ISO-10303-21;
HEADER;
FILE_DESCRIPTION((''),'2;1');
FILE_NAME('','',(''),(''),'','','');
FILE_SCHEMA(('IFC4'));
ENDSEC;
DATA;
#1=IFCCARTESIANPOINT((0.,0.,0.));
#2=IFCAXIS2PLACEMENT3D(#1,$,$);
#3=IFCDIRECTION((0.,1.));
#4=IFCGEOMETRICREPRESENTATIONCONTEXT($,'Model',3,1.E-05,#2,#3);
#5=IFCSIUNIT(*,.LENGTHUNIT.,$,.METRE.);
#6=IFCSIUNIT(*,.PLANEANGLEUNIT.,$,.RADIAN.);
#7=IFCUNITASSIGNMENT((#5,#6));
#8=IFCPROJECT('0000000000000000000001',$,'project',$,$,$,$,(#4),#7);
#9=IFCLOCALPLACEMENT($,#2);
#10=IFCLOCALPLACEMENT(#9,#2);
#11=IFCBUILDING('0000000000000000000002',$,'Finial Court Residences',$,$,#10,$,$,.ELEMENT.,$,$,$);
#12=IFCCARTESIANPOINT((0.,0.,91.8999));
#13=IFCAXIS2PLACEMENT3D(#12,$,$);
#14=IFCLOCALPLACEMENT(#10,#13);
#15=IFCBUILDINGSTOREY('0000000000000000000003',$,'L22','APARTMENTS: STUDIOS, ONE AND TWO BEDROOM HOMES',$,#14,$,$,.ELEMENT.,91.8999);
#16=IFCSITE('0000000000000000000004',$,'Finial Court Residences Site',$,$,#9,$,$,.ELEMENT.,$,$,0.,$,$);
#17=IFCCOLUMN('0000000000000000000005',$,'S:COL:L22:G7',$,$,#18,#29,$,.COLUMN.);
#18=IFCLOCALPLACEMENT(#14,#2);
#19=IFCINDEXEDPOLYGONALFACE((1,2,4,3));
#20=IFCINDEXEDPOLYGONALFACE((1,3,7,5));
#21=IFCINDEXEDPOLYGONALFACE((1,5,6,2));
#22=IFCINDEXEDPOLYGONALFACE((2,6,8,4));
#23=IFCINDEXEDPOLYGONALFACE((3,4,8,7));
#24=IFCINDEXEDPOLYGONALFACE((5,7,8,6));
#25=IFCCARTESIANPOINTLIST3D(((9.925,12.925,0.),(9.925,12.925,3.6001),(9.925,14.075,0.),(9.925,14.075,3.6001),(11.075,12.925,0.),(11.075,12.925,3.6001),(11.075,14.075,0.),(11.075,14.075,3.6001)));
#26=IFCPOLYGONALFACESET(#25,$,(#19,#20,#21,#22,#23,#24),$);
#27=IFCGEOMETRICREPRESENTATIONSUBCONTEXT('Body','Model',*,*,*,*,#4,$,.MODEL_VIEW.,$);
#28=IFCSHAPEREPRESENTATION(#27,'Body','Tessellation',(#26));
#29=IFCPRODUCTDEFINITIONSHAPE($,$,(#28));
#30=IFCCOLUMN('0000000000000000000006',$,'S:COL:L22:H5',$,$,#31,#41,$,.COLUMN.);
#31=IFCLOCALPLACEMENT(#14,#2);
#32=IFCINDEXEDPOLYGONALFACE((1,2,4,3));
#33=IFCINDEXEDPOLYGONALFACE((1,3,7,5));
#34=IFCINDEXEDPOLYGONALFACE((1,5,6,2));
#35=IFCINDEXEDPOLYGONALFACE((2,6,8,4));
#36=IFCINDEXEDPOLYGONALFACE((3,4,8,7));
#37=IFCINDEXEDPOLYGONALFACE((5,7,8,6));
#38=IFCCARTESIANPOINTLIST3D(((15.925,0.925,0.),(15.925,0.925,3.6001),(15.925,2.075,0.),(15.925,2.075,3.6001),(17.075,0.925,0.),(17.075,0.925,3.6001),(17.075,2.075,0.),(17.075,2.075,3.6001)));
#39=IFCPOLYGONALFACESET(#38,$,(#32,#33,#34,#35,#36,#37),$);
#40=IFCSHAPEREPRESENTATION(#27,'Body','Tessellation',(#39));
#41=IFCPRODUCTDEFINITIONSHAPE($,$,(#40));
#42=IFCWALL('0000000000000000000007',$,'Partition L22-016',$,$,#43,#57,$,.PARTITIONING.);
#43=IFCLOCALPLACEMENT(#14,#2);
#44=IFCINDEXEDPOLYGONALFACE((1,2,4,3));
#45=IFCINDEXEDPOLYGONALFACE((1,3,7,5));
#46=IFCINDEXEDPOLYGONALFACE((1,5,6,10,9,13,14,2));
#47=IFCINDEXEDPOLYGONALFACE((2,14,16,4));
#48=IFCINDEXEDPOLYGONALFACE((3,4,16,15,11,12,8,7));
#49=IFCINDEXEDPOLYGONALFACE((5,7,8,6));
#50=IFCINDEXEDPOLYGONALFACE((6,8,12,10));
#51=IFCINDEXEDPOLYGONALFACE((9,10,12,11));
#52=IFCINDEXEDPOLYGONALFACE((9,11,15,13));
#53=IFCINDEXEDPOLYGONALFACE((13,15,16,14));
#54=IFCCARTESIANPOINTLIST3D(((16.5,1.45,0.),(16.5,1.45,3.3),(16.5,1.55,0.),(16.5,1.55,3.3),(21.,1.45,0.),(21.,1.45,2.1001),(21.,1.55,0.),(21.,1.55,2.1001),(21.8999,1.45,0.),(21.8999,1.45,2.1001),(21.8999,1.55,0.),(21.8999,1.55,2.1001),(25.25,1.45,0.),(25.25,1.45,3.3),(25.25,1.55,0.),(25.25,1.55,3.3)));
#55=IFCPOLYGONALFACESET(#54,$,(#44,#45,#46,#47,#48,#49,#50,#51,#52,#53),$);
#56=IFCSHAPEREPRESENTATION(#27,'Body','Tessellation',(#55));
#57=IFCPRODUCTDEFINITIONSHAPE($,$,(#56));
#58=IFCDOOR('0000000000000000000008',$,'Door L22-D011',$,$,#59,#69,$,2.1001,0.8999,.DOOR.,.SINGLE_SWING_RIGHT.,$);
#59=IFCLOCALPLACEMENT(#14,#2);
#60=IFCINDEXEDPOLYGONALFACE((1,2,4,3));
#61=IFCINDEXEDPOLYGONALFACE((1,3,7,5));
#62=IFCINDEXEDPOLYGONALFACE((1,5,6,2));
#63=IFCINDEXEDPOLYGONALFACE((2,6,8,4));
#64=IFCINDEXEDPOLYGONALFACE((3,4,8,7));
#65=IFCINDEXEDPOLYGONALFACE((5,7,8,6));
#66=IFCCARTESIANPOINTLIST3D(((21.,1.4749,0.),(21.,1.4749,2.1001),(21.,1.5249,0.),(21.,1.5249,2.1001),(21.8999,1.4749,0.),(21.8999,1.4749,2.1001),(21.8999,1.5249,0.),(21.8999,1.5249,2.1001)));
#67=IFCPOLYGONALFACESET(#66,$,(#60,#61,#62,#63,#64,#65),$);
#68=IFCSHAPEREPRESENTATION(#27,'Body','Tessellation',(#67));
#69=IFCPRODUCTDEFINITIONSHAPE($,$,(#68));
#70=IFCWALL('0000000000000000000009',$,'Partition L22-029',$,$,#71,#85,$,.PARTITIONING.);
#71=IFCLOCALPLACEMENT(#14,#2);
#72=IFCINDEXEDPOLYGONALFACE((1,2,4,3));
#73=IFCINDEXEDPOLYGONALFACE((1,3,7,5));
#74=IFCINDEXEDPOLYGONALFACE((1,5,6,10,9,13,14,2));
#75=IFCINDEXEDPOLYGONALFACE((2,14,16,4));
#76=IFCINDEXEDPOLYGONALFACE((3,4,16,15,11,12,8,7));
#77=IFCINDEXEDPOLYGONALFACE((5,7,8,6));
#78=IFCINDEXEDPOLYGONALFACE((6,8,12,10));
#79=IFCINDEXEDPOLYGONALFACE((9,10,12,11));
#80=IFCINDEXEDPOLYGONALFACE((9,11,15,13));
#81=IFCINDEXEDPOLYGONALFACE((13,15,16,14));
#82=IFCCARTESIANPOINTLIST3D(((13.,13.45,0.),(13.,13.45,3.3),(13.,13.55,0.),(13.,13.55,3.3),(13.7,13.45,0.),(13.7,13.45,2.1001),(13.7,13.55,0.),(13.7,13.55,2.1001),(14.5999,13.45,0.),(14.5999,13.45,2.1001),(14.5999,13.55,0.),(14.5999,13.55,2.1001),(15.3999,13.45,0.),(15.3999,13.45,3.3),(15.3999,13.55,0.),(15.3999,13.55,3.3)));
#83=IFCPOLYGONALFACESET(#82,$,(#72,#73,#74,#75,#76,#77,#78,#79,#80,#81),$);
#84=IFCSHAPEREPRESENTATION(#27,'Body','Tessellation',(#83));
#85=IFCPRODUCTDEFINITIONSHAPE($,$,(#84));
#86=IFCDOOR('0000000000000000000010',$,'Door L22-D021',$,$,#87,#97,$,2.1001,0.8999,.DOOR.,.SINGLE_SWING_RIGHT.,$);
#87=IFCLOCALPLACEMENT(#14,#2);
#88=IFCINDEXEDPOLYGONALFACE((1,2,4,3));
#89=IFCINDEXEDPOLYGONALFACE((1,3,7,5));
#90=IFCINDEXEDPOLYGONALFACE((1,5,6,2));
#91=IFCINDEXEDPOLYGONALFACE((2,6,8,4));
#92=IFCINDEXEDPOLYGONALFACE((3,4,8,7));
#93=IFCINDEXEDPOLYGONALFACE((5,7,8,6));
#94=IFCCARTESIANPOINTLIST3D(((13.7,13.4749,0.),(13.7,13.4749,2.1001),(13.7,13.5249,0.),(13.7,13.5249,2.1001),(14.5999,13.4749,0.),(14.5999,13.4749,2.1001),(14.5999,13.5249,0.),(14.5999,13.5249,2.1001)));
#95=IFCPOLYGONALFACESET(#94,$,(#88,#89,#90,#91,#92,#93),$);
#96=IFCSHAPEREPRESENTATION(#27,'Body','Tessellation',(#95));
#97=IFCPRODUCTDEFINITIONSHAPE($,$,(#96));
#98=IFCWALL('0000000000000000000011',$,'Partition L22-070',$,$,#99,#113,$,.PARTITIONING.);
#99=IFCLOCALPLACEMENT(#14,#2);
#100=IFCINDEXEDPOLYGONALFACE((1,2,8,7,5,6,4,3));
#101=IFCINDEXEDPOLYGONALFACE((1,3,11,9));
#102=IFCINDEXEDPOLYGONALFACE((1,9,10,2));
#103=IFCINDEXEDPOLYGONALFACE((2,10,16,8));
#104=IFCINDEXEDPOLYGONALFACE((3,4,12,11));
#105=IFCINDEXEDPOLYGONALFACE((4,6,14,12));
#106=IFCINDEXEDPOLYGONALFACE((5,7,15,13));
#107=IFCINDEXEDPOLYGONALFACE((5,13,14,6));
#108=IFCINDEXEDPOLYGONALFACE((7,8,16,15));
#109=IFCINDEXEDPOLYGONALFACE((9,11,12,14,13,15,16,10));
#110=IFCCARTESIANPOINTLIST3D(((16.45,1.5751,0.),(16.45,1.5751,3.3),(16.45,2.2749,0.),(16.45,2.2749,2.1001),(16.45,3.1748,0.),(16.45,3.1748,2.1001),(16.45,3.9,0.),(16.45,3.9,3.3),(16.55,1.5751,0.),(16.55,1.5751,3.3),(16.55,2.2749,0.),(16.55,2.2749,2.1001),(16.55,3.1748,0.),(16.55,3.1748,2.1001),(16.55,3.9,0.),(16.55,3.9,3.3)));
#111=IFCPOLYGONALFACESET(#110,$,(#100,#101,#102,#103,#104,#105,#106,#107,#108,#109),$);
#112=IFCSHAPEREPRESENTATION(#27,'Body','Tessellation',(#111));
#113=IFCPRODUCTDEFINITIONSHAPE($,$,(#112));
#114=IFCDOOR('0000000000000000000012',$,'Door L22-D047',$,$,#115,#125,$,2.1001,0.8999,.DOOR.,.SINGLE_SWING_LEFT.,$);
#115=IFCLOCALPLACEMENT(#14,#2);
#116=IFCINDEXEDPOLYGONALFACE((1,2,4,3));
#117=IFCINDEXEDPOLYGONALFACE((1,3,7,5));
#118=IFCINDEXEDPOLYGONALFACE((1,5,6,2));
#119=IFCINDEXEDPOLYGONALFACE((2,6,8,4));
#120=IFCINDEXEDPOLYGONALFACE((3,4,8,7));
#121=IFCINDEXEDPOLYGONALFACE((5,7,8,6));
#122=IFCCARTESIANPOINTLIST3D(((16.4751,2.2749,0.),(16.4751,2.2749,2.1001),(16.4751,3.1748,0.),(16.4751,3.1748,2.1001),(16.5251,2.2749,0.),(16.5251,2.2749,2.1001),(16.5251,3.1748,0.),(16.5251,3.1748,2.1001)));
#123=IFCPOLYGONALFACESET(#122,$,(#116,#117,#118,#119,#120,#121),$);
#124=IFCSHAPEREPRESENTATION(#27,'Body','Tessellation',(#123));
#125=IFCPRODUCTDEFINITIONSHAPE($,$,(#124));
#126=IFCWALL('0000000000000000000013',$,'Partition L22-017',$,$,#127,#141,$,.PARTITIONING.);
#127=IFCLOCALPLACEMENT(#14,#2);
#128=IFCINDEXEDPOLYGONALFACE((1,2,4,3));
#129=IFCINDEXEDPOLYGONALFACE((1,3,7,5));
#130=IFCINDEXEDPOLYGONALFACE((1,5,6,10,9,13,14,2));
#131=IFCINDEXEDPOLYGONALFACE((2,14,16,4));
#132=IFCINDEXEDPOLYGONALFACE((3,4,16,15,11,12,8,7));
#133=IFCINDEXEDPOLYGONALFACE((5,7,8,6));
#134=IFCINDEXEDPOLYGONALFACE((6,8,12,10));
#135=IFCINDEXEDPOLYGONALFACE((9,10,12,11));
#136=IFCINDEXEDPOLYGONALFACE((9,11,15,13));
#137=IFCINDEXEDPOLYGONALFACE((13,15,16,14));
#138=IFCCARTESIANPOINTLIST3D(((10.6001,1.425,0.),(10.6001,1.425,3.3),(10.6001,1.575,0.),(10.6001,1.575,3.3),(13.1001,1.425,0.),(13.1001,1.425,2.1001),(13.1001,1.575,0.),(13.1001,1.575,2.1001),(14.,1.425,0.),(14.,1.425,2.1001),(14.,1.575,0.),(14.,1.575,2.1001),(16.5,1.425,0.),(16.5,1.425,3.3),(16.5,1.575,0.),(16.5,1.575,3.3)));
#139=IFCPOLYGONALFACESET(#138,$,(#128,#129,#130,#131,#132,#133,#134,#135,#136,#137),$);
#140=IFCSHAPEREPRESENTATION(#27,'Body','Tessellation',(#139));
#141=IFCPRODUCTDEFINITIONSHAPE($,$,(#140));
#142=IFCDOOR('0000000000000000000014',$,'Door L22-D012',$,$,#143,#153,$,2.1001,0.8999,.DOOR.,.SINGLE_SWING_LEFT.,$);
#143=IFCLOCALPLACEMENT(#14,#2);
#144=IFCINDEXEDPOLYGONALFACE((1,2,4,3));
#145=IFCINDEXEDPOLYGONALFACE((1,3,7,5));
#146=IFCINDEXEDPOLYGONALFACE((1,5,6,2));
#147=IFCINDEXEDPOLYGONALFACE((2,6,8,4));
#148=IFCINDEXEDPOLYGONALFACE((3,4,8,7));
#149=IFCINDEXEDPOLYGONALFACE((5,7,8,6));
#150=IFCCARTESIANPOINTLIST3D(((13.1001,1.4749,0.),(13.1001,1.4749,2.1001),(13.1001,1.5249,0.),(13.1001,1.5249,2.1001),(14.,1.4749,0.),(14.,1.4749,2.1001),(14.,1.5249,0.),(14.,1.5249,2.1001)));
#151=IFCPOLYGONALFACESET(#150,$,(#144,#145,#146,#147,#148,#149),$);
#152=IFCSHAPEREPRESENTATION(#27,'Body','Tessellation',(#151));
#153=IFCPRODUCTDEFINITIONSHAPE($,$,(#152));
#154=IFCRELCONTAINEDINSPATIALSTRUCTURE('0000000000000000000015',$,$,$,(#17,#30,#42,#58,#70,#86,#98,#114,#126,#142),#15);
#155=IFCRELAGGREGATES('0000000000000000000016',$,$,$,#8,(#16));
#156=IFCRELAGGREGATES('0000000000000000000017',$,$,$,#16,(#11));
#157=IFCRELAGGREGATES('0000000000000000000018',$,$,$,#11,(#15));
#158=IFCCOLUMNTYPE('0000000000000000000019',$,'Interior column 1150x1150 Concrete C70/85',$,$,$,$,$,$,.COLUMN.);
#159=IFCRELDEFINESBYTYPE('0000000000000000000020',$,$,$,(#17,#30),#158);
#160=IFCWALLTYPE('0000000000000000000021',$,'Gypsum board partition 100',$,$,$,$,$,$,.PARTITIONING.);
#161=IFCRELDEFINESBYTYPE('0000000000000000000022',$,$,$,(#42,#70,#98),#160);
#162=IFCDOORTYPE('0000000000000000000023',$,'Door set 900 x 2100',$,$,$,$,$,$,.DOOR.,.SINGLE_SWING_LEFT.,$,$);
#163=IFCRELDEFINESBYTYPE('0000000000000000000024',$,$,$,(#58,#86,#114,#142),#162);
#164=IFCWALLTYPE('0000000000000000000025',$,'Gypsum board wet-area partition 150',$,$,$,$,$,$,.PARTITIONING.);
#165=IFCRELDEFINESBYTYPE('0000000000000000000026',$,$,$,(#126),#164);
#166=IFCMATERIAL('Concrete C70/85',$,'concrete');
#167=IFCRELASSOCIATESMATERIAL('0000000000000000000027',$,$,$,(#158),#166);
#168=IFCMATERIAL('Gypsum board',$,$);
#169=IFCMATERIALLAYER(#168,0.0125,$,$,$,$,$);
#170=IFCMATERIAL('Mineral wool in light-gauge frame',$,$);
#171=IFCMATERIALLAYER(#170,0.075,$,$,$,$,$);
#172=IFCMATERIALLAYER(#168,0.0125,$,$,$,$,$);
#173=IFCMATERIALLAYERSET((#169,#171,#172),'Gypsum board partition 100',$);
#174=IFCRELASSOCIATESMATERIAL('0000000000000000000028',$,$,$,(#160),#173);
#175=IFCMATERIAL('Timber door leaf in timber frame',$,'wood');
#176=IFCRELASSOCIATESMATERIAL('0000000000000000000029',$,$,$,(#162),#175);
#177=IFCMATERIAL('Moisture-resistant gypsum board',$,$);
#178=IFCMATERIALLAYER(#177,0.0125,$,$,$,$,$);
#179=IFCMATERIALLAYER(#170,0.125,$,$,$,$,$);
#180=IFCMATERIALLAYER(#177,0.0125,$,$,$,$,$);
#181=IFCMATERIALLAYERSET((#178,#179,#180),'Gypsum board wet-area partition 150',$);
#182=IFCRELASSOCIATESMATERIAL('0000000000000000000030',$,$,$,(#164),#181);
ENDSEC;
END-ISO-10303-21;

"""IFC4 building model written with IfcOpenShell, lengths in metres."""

from ifc_helpers import new_model, si_unit, direction, frame, frame_2d, origin, origin_2d, place, context, subcontext, project, spatial, rectangle, extrude, material, layer, layer_set, material_profile, profile_set, type_object, element, fill, save


model = new_model("IFC4")

# Units and contexts
model_context = context("Model", 3, precision=1e-05, world=origin(), true_north=direction((0.0, 1.0)))
body_context = subcontext(model_context, "Body", "Model", "MODEL_VIEW")
ifc_project = project(units=[si_unit("LENGTHUNIT", "METRE"), si_unit("PLANEANGLEUNIT", "RADIAN")], contexts=[model_context])

# Site, building, storey
site_placement = place(None, origin())
site = spatial("IfcSite", under=ifc_project, at=site_placement, Name="Finial Court Residences Site", CompositionType="ELEMENT", RefElevation=0.0)
building_placement = place(site_placement, origin())
building = spatial("IfcBuilding", under=site, at=building_placement, Name="Finial Court Residences", CompositionType="ELEMENT")
storey_placement = place(building_placement, frame((0.0, 0.0, 91.8999)))
storey = spatial("IfcBuildingStorey", under=building, at=storey_placement, Name="L22", Description="APARTMENTS: STUDIOS, ONE AND TWO BEDROOM HOMES", CompositionType="ELEMENT", Elevation=91.8999)

# Columns
ifc_material_1 = material(Name="Concrete C70/85", Category="concrete")
ifc_material_profile = material_profile(ifc_material_1, rectangle(XDim=1.1499, YDim=1.1499, at=origin_2d()), Name="1150x1150")
ifc_profile_set = profile_set([ifc_material_profile], Name="Concrete C70/85")
column_type = type_object("IfcColumnType", Name="Interior column 1150x1150 Concrete C70/85", PredefinedType="COLUMN", material=ifc_profile_set)
for number, where, z_axis, x_axis, name in (
    (1, (10.5, 13.5, 0.0), (0.0, 0.0, 1.0), (1.0, 0.0, 0.0), "S:COL:L22:G7"),
    (2, (16.5, 1.5, 0.0), (0.0, 0.0, 1.0), (1.0, 0.0, 0.0), "S:COL:L22:H5"),
):
    element("IfcColumn", number, at=place(storey_placement, frame(where, z_axis=z_axis, x_axis=x_axis)), inside=storey, type_object=column_type, Name=name, PredefinedType="COLUMN", context=body_context, shape_type="SweptSolid", body=[
        extrude(rectangle(XDim=1.1499, YDim=1.1499, at=origin_2d()), origin(), (0.0, 0.0, 1.0), 3.6001),
    ])

# Walls, openings, doors
ifc_material_2 = material(Name="Gypsum board")
ifc_layer_1 = layer(ifc_material_2, 0.0125)
ifc_material_3 = material(Name="Mineral wool in light-gauge frame")
ifc_layer_2 = layer(ifc_material_3, 0.075)
ifc_layer_3 = layer(ifc_material_2, 0.0125)
ifc_layer_set_1 = layer_set([ifc_layer_1, ifc_layer_2, ifc_layer_3], Name="Gypsum board partition 100")
wall_type_1 = type_object("IfcWallType", Name="Gypsum board partition 100", PredefinedType="PARTITIONING", material=ifc_layer_set_1)
wall_1_placement = place(storey_placement, frame((16.5, 1.5, 0.0), z_axis=(0.0, 0.0, 1.0), x_axis=(1.0, 0.0, 0.0)))
wall_1 = element("IfcWall", 3, at=wall_1_placement, inside=storey, type_object=wall_type_1, Name="Partition L22-016", PredefinedType="PARTITIONING", context=body_context, shape_type="SweptSolid", body=[
    extrude(rectangle(XDim=8.75, YDim=0.1001, at=frame_2d((4.375, 0.0))), origin(), (0.0, 0.0, 1.0), 3.3),
])
opening_1_placement = place(wall_1_placement, frame((4.5, 0.0, 0.0)))
opening_1 = element("IfcOpeningElement", 4, at=opening_1_placement, cuts=wall_1, PredefinedType="OPENING", context=body_context, shape_type="SweptSolid", body=[
    extrude(rectangle(XDim=0.8999, YDim=2.1001, at=frame_2d((0.45, 1.05))), frame((0.0, 0.0601, 0.0), z_axis=(0.0, -1.0, 0.0), x_axis=(1.0, 0.0, 0.0)), (0.0, 0.0, 1.0), 0.1201),
])
ifc_material_4 = material(Name="Timber door leaf in timber frame", Category="wood")
door_type = type_object("IfcDoorType", Name="Door set 900 x 2100", OperationType="SINGLE_SWING_LEFT", PredefinedType="DOOR", material=ifc_material_4)
door_1_placement = place(opening_1_placement, origin())
door_1 = element("IfcDoor", 5, at=door_1_placement, inside=storey, type_object=door_type, Name="Door L22-D011", OperationType="SINGLE_SWING_RIGHT", OverallHeight=2.1001, OverallWidth=0.8999, PredefinedType="DOOR", context=body_context, shape_type="SweptSolid", body=[
    extrude(rectangle(XDim=0.8999, YDim=2.1001, at=frame_2d((0.45, 1.05))), frame((0.0, 0.0249, 0.0), z_axis=(0.0, -1.0, 0.0), x_axis=(1.0, 0.0, 0.0)), (0.0, 0.0, 1.0), 0.05),
])
fill(opening_1, door_1)
wall_2_placement = place(storey_placement, frame((13.0, 13.5, 0.0), z_axis=(0.0, 0.0, 1.0), x_axis=(1.0, 0.0, 0.0)))
wall_2 = element("IfcWall", 6, at=wall_2_placement, inside=storey, type_object=wall_type_1, Name="Partition L22-029", PredefinedType="PARTITIONING", context=body_context, shape_type="SweptSolid", body=[
    extrude(rectangle(XDim=2.3999, YDim=0.1001, at=frame_2d((1.2, 0.0))), origin(), (0.0, 0.0, 1.0), 3.3),
])
opening_2_placement = place(wall_2_placement, frame((0.7, 0.0, 0.0)))
opening_2 = element("IfcOpeningElement", 7, at=opening_2_placement, cuts=wall_2, PredefinedType="OPENING", context=body_context, shape_type="SweptSolid", body=[
    extrude(rectangle(XDim=0.8999, YDim=2.1001, at=frame_2d((0.45, 1.05))), frame((0.0, 0.0601, 0.0), z_axis=(0.0, -1.0, 0.0), x_axis=(1.0, 0.0, 0.0)), (0.0, 0.0, 1.0), 0.1201),
])
door_2_placement = place(opening_2_placement, origin())
door_2 = element("IfcDoor", 8, at=door_2_placement, inside=storey, type_object=door_type, Name="Door L22-D021", OperationType="SINGLE_SWING_RIGHT", OverallHeight=2.1001, OverallWidth=0.8999, PredefinedType="DOOR", context=body_context, shape_type="SweptSolid", body=[
    extrude(rectangle(XDim=0.8999, YDim=2.1001, at=frame_2d((0.45, 1.05))), frame((0.0, 0.0249, 0.0), z_axis=(0.0, -1.0, 0.0), x_axis=(1.0, 0.0, 0.0)), (0.0, 0.0, 1.0), 0.05),
])
fill(opening_2, door_2)
wall_3_placement = place(storey_placement, frame((16.5, 1.575, 0.0), z_axis=(0.0, 0.0, 1.0), x_axis=(0.0, 1.0, 0.0)))
wall_3 = element("IfcWall", 9, at=wall_3_placement, inside=storey, type_object=wall_type_1, Name="Partition L22-070", PredefinedType="PARTITIONING", context=body_context, shape_type="SweptSolid", body=[
    extrude(rectangle(XDim=2.325, YDim=0.1001, at=frame_2d((1.1626, 0.0))), origin(), (0.0, 0.0, 1.0), 3.3),
])
opening_3_placement = place(wall_3_placement, frame((0.7, 0.0, 0.0)))
opening_3 = element("IfcOpeningElement", 10, at=opening_3_placement, cuts=wall_3, PredefinedType="OPENING", context=body_context, shape_type="SweptSolid", body=[
    extrude(rectangle(XDim=0.8999, YDim=2.1001, at=frame_2d((0.45, 1.05))), frame((0.0, 0.0601, 0.0), z_axis=(0.0, -1.0, 0.0), x_axis=(1.0, 0.0, 0.0)), (0.0, 0.0, 1.0), 0.1201),
])
door_3_placement = place(opening_3_placement, origin())
door_3 = element("IfcDoor", 11, at=door_3_placement, inside=storey, type_object=door_type, Name="Door L22-D047", OperationType="SINGLE_SWING_LEFT", OverallHeight=2.1001, OverallWidth=0.8999, PredefinedType="DOOR", context=body_context, shape_type="SweptSolid", body=[
    extrude(rectangle(XDim=0.8999, YDim=2.1001, at=frame_2d((0.45, 1.05))), frame((0.0, 0.0249, 0.0), z_axis=(0.0, -1.0, 0.0), x_axis=(1.0, 0.0, 0.0)), (0.0, 0.0, 1.0), 0.05),
])
fill(opening_3, door_3)
ifc_material_5 = material(Name="Moisture-resistant gypsum board")
ifc_layer_4 = layer(ifc_material_5, 0.0125)
ifc_layer_5 = layer(ifc_material_3, 0.125)
ifc_layer_6 = layer(ifc_material_5, 0.0125)
ifc_layer_set_2 = layer_set([ifc_layer_4, ifc_layer_5, ifc_layer_6], Name="Gypsum board wet-area partition 150")
wall_type_2 = type_object("IfcWallType", Name="Gypsum board wet-area partition 150", PredefinedType="PARTITIONING", material=ifc_layer_set_2)
wall_4_placement = place(storey_placement, frame((10.6001, 1.5, 0.0), z_axis=(0.0, 0.0, 1.0), x_axis=(1.0, 0.0, 0.0)))
wall_4 = element("IfcWall", 12, at=wall_4_placement, inside=storey, type_object=wall_type_2, Name="Partition L22-017", PredefinedType="PARTITIONING", context=body_context, shape_type="SweptSolid", body=[
    extrude(rectangle(XDim=5.8999, YDim=0.1499, at=frame_2d((2.95, 0.0))), origin(), (0.0, 0.0, 1.0), 3.3),
])
opening_4_placement = place(wall_4_placement, frame((2.5, 0.0, 0.0)))
opening_4 = element("IfcOpeningElement", 13, at=opening_4_placement, cuts=wall_4, PredefinedType="OPENING", context=body_context, shape_type="SweptSolid", body=[
    extrude(rectangle(XDim=0.8999, YDim=2.1001, at=frame_2d((0.45, 1.05))), frame((0.0, 0.085, 0.0), z_axis=(0.0, -1.0, 0.0), x_axis=(1.0, 0.0, 0.0)), (0.0, 0.0, 1.0), 0.1699),
])
door_4_placement = place(opening_4_placement, origin())
door_4 = element("IfcDoor", 14, at=door_4_placement, inside=storey, type_object=door_type, Name="Door L22-D012", OperationType="SINGLE_SWING_LEFT", OverallHeight=2.1001, OverallWidth=0.8999, PredefinedType="DOOR", context=body_context, shape_type="SweptSolid", body=[
    extrude(rectangle(XDim=0.8999, YDim=2.1001, at=frame_2d((0.45, 1.05))), frame((0.0, 0.0249, 0.0), z_axis=(0.0, -1.0, 0.0), x_axis=(1.0, 0.0, 0.0)), (0.0, 0.0, 1.0), 0.05),
])
fill(opening_4, door_4)

save(model, "model.ifc")
